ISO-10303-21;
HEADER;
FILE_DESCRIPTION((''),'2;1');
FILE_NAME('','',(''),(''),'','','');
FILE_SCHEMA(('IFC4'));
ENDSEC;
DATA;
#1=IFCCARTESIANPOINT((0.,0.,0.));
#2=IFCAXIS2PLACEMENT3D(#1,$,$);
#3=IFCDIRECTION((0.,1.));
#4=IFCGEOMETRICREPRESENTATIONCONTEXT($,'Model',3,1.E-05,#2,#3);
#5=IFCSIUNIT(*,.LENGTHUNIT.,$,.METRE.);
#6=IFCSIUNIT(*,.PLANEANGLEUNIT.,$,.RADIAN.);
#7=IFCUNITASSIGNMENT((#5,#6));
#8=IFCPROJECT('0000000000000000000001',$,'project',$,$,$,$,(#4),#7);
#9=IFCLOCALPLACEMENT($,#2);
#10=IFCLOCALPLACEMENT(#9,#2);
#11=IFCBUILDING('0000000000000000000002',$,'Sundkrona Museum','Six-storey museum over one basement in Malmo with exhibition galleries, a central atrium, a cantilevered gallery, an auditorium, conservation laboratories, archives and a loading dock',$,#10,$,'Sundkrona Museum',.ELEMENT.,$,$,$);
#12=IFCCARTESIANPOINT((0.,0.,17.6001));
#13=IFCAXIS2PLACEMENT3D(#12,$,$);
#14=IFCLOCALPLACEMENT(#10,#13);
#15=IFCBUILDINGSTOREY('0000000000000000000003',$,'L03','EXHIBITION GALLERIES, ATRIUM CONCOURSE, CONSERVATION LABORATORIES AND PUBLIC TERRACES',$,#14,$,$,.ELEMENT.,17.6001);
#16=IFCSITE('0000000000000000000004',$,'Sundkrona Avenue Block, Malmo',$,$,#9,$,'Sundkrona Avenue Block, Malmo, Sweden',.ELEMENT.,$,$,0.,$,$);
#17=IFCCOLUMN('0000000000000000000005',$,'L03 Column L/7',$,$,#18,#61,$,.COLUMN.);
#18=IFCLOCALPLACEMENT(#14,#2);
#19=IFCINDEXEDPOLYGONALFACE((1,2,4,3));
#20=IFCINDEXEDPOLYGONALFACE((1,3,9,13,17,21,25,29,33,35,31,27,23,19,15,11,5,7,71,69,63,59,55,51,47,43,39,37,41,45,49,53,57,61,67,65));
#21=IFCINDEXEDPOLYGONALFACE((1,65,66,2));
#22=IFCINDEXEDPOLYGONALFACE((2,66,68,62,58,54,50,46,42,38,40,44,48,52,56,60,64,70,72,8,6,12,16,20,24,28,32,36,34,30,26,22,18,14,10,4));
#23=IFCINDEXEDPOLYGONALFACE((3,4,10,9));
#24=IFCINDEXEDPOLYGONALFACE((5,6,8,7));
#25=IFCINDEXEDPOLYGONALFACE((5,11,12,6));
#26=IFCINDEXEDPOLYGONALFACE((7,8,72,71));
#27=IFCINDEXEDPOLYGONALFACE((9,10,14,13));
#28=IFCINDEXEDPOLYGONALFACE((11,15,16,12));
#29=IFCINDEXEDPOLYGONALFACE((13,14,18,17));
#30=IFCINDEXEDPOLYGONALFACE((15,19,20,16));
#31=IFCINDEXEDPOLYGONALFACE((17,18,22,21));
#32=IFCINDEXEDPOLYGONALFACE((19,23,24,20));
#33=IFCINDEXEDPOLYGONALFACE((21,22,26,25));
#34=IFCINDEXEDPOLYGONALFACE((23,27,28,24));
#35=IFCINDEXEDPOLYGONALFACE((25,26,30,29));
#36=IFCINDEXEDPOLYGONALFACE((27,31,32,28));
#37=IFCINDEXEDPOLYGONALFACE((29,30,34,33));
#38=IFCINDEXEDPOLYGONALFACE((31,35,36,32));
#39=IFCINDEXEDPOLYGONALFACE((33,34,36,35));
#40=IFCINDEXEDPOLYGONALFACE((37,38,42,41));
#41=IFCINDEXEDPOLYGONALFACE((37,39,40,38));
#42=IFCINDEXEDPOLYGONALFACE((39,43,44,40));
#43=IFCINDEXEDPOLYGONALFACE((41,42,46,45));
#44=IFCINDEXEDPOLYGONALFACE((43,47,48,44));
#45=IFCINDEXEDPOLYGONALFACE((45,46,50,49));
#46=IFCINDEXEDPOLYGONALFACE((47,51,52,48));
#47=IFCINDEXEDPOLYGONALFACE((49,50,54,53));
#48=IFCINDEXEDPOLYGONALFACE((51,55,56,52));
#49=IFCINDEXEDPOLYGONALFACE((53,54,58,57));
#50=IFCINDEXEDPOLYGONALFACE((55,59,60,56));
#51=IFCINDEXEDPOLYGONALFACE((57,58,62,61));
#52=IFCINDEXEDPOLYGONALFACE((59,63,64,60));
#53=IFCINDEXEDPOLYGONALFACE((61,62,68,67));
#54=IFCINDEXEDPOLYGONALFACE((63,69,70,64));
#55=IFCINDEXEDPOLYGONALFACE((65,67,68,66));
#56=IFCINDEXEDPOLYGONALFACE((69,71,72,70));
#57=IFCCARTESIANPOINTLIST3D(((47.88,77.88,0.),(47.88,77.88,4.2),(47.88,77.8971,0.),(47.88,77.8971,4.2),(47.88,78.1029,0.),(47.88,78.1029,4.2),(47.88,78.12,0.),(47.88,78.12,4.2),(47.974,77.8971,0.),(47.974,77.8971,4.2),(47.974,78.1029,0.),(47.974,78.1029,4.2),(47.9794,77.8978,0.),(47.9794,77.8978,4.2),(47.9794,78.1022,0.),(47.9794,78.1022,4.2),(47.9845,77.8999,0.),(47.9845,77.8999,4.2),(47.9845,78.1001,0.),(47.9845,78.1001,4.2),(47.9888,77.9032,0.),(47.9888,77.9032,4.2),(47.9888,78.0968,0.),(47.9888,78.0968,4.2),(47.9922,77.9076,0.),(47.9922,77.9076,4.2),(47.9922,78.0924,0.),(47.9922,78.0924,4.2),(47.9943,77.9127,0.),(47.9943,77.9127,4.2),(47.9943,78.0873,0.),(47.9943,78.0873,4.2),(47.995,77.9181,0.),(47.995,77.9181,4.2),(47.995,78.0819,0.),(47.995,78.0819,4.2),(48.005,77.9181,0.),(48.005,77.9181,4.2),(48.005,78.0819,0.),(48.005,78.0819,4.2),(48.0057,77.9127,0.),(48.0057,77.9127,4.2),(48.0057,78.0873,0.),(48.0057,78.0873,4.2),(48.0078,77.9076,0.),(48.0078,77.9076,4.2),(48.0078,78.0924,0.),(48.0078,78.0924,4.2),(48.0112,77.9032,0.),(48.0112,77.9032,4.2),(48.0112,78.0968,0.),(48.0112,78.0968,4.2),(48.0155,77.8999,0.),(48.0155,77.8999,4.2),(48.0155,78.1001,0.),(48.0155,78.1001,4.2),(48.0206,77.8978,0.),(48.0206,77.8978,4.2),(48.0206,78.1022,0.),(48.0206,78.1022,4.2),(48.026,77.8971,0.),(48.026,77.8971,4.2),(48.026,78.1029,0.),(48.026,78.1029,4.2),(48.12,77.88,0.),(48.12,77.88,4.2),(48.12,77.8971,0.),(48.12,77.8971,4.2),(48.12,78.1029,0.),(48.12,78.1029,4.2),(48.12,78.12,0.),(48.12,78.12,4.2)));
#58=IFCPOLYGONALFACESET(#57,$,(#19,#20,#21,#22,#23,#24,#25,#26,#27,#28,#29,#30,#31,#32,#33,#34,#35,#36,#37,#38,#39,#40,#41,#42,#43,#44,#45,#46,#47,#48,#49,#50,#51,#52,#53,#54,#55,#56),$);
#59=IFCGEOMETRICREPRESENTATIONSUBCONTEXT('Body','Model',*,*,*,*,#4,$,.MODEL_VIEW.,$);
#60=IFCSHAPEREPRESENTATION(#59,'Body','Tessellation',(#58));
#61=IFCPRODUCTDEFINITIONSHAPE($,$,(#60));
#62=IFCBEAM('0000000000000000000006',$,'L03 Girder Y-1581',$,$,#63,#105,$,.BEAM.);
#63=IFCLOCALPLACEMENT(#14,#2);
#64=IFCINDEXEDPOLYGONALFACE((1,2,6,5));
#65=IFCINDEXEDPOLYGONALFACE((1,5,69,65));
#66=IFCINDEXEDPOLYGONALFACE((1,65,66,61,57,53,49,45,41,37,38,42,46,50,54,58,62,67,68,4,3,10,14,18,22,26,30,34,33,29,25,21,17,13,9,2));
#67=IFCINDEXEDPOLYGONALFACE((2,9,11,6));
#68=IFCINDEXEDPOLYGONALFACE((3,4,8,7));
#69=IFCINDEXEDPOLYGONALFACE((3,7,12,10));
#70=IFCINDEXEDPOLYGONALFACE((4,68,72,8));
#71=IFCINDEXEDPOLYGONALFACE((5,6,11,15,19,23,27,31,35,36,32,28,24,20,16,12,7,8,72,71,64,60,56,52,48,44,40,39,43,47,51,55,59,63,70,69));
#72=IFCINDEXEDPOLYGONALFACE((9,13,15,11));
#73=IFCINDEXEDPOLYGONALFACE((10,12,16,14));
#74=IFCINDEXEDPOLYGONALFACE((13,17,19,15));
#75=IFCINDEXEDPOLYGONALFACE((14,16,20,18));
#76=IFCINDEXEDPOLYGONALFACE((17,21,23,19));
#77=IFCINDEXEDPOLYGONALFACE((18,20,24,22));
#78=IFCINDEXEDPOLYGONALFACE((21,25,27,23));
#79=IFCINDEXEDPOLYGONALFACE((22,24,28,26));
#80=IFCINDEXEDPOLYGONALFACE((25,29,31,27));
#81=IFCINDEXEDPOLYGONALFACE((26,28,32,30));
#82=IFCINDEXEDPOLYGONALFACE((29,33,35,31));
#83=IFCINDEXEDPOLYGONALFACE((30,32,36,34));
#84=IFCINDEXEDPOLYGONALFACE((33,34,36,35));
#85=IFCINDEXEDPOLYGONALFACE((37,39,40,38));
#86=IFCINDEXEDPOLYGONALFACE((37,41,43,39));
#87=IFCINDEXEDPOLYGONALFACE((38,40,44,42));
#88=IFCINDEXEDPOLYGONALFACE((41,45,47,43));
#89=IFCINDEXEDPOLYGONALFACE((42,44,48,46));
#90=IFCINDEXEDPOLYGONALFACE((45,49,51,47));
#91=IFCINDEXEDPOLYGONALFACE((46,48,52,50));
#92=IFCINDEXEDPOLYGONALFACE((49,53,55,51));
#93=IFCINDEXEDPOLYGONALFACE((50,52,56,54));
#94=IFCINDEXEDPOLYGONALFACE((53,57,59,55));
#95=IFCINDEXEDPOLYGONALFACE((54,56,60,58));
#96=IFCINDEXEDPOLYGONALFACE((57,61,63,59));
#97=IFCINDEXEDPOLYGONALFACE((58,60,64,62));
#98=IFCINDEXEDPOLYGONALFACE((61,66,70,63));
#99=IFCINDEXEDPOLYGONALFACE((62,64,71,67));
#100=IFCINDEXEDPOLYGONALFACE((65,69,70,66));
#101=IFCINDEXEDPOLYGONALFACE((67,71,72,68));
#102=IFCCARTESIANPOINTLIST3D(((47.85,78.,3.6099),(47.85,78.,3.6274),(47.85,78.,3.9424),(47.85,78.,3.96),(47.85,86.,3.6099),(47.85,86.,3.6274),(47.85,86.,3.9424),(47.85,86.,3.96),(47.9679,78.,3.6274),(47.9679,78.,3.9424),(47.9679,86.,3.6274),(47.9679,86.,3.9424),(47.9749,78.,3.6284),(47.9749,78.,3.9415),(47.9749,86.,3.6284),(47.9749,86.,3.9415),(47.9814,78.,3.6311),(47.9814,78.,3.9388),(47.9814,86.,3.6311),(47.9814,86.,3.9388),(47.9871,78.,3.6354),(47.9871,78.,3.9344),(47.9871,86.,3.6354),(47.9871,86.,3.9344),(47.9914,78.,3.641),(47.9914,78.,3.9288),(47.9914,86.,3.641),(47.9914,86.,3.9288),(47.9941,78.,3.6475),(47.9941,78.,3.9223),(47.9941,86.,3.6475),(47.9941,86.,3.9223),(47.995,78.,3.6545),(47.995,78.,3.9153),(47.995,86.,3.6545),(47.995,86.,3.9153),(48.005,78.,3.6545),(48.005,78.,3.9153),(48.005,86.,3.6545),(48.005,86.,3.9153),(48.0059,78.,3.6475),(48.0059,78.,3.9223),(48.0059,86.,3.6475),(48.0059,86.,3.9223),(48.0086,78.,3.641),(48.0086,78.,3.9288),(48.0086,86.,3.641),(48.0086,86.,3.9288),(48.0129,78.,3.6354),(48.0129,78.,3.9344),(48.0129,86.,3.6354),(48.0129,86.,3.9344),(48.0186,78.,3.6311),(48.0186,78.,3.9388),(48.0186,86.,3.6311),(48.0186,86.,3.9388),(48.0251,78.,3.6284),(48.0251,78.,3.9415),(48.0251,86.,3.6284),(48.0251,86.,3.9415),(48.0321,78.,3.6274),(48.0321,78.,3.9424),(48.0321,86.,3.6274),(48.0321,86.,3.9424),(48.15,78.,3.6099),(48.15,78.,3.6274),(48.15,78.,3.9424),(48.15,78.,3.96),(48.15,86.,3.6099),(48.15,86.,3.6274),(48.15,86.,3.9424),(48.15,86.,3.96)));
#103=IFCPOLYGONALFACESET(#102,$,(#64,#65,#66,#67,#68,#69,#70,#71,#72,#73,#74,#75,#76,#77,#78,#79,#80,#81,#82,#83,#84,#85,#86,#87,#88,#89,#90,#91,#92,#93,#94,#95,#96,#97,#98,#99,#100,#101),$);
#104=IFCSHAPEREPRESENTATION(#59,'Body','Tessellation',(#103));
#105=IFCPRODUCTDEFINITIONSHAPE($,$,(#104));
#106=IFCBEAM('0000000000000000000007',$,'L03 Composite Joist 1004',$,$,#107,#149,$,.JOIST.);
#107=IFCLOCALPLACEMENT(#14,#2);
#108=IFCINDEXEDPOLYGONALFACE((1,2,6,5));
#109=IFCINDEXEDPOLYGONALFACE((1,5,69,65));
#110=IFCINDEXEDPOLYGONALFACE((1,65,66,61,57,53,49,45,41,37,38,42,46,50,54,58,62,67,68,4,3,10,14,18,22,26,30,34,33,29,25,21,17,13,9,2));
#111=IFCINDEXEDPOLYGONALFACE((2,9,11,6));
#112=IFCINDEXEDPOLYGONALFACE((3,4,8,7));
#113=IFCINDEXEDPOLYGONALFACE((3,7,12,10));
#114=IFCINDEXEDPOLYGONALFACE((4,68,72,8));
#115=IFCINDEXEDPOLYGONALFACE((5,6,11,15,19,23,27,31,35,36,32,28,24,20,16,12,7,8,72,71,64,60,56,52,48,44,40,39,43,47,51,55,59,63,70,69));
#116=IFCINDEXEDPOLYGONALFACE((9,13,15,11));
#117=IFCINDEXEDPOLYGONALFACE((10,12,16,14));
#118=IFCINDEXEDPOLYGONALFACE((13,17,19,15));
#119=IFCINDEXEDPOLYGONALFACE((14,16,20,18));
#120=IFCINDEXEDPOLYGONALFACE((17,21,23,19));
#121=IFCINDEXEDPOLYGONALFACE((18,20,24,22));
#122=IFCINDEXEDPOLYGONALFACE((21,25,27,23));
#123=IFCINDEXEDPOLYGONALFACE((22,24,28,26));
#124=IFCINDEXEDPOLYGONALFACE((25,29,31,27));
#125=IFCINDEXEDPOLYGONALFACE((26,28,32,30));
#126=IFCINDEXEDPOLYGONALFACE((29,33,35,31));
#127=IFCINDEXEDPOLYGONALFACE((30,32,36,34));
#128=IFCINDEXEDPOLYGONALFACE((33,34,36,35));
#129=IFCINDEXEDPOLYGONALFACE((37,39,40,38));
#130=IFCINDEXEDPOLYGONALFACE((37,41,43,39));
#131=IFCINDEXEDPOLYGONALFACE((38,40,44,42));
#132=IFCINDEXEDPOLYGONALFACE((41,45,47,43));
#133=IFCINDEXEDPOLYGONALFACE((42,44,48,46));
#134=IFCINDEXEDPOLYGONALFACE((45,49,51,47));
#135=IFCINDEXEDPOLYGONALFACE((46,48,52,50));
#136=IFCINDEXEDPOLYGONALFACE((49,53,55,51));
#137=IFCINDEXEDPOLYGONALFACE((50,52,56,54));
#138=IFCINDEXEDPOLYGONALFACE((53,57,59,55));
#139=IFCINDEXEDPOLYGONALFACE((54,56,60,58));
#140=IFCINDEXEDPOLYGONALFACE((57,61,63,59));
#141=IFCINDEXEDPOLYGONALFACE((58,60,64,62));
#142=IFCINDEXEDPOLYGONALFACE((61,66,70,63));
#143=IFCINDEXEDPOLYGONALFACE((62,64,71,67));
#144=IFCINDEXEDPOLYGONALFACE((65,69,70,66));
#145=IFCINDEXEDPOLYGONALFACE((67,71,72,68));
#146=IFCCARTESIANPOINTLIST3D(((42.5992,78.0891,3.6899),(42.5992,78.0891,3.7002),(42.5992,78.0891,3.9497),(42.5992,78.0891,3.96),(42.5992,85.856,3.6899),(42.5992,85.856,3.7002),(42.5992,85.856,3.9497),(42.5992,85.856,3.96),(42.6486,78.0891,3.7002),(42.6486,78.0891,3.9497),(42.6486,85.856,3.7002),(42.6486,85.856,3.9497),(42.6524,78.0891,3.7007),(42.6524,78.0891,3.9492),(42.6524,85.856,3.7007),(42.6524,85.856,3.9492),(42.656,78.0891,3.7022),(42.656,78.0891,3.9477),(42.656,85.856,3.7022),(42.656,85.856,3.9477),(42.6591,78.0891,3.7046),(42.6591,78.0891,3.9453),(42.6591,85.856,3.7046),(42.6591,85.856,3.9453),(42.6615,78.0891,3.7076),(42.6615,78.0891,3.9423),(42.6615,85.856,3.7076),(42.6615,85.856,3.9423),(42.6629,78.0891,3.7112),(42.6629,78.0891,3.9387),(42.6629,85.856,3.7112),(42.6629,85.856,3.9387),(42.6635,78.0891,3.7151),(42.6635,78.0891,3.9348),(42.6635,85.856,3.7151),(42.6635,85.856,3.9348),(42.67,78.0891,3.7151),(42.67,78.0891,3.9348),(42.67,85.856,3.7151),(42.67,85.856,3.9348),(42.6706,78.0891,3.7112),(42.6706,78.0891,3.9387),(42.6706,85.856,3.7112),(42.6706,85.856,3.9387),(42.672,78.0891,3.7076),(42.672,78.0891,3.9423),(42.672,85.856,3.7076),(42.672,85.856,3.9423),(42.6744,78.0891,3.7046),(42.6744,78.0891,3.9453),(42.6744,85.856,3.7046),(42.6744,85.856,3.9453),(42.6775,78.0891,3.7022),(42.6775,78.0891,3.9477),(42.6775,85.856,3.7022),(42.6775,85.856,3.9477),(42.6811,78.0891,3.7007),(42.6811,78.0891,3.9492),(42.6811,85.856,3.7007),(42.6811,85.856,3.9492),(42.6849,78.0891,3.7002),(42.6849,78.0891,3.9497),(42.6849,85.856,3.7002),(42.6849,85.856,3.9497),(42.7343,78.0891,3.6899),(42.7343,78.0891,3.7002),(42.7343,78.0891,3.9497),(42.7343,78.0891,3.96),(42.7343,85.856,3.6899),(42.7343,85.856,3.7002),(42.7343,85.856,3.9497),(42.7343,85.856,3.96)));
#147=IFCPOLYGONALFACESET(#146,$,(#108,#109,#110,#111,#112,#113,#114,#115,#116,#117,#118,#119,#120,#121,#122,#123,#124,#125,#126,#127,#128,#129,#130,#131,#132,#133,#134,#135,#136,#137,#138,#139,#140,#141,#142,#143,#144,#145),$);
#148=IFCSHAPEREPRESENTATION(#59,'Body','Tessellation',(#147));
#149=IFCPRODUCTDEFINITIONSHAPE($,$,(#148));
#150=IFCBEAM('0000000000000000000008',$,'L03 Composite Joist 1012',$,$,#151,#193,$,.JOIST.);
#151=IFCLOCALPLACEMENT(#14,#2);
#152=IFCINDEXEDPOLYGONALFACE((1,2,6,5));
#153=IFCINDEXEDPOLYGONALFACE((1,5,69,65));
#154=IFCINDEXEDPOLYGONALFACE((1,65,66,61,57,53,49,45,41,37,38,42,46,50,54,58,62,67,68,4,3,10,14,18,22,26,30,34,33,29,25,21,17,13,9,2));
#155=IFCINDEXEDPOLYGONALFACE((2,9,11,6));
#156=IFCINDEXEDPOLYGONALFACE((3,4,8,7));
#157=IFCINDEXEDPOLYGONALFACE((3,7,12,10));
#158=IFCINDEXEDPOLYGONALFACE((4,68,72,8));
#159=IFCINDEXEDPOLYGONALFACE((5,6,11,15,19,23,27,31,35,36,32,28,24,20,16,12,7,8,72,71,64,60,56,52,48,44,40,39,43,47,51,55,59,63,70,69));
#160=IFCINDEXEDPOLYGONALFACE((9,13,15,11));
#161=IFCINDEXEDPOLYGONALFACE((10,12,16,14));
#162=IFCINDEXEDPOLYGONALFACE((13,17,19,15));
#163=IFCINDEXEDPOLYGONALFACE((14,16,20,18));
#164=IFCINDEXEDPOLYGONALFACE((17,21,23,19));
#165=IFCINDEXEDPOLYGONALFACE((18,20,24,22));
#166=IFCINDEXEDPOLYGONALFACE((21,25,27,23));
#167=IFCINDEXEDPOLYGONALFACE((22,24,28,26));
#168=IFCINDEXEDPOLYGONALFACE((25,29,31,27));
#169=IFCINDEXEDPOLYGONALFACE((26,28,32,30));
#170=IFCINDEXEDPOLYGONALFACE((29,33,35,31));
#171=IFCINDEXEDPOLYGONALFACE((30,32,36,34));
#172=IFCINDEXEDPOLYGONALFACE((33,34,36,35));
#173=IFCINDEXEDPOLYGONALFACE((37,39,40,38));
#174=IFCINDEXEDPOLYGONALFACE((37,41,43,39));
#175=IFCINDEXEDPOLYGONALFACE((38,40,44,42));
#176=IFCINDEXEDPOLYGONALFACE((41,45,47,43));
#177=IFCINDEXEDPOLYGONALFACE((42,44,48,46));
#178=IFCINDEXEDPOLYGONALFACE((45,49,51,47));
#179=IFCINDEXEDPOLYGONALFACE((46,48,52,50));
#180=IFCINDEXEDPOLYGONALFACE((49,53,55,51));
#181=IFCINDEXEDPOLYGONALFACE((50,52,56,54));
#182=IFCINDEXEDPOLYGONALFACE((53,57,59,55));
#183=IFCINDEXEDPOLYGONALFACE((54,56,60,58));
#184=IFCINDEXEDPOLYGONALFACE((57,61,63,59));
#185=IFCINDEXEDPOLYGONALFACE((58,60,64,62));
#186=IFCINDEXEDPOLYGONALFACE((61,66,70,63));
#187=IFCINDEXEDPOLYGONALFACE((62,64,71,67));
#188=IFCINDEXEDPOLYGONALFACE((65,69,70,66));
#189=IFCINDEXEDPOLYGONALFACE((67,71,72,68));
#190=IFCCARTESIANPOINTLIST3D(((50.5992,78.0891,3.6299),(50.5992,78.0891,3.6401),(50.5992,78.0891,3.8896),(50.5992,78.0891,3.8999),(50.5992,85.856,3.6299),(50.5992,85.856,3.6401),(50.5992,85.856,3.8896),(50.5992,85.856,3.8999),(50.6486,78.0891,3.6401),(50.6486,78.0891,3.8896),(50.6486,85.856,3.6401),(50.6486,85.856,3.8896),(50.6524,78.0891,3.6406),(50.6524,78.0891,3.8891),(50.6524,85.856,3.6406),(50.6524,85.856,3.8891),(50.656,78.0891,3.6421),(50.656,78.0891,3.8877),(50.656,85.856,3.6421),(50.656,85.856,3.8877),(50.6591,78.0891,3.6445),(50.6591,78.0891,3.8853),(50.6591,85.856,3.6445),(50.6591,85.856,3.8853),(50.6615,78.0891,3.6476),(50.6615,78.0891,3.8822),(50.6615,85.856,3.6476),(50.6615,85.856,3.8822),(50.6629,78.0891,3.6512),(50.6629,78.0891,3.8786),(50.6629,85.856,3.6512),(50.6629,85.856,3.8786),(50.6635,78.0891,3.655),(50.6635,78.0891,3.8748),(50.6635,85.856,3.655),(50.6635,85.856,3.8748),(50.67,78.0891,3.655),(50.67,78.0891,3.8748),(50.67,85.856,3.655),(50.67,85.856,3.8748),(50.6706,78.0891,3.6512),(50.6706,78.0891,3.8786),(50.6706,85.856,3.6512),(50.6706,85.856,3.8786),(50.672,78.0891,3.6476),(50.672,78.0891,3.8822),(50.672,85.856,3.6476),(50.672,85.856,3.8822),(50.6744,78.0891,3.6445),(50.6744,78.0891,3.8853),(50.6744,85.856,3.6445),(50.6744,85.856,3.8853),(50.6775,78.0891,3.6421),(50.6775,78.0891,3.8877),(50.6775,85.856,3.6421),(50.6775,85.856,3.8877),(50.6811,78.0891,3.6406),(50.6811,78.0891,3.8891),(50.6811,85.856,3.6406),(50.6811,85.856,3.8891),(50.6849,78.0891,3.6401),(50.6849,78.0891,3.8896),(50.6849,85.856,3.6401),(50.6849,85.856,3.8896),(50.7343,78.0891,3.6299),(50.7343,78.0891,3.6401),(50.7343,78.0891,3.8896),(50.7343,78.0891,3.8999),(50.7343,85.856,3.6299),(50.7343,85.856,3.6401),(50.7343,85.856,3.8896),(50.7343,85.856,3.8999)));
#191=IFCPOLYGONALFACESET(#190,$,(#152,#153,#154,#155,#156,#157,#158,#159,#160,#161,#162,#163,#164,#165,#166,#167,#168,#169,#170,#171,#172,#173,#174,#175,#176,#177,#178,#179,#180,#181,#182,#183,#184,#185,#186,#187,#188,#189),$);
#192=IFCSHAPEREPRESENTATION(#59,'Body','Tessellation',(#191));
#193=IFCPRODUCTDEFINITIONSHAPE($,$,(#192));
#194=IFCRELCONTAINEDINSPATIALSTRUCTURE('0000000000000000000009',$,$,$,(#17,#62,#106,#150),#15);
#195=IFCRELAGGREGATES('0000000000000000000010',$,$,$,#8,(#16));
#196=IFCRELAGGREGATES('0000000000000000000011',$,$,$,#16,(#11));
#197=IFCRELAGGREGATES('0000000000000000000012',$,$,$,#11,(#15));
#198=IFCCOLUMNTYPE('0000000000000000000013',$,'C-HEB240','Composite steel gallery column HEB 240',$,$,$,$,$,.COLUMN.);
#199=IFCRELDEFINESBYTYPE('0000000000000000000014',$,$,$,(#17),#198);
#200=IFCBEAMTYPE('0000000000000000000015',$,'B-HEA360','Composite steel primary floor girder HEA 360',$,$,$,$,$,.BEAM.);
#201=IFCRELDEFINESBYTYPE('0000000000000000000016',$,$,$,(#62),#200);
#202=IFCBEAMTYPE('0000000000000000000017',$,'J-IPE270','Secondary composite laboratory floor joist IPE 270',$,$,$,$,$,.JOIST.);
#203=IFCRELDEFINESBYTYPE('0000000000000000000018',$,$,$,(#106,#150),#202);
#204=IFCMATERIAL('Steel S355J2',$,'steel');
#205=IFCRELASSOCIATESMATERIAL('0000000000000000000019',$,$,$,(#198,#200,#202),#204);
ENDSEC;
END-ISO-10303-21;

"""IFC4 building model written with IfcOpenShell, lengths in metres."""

from ifc_helpers import new_model, si_unit, direction, frame, origin, origin_2d, place, context, subcontext, project, spatial, i_section, extrude, material, material_profile, profile_set, type_object, element, save


model = new_model("IFC4")

# Units and contexts
model_context = context("Model", 3, precision=1e-05, world=origin(), true_north=direction((0.0, 1.0)))
body_context = subcontext(model_context, "Body", "Model", "MODEL_VIEW")
ifc_project = project(units=[si_unit("LENGTHUNIT", "METRE"), si_unit("PLANEANGLEUNIT", "RADIAN")], contexts=[model_context])

# Site, building, storey
site_placement = place(None, origin())
site = spatial("IfcSite", under=ifc_project, at=site_placement, Name="Sundkrona Avenue Block, Malmo", LongName="Sundkrona Avenue Block, Malmo, Sweden", CompositionType="ELEMENT", RefElevation=0.0)
building_placement = place(site_placement, origin())
building = spatial("IfcBuilding", under=site, at=building_placement, Name="Sundkrona Museum", Description="Six-storey museum over one basement in Malmo with exhibition galleries, a central atrium, a cantilevered gallery, an auditorium, conservation laboratories, archives and a loading dock", LongName="Sundkrona Museum", CompositionType="ELEMENT")
storey_placement = place(building_placement, frame((0.0, 0.0, 17.6001)))
storey = spatial("IfcBuildingStorey", under=building, at=storey_placement, Name="L03", Description="EXHIBITION GALLERIES, ATRIUM CONCOURSE, CONSERVATION LABORATORIES AND PUBLIC TERRACES", CompositionType="ELEMENT", Elevation=17.6001)

# Column
ifc_material_1 = material(Name="Steel S355J2", Category="steel")
ifc_material_profile_1 = material_profile(ifc_material_1, i_section(OverallWidth=0.24, OverallDepth=0.24, WebThickness=0.01, FlangeThickness=0.0171, FilletRadius=0.021, at=origin_2d()), Name="HEB 240")
ifc_profile_set_1 = profile_set([ifc_material_profile_1], Name="Steel S355J2")
column_type = type_object("IfcColumnType", Name="C-HEB240", Description="Composite steel gallery column HEB 240", PredefinedType="COLUMN", material=ifc_profile_set_1)
column_placement = place(storey_placement, frame((48.0, 78.0, 0.0), z_axis=(0.0, 0.0, 1.0), x_axis=(1.0, 0.0, 0.0)))
element("IfcColumn", 1, at=column_placement, inside=storey, type_object=column_type, Name="L03 Column L/7", PredefinedType="COLUMN", context=body_context, shape_type="SweptSolid", body=[
    extrude(i_section(OverallWidth=0.24, OverallDepth=0.24, WebThickness=0.01, FlangeThickness=0.0171, FilletRadius=0.021, at=origin_2d()), origin(), (0.0, 0.0, 1.0), 4.2),
])

# Beams
ifc_material_profile_2 = material_profile(ifc_material_1, i_section(OverallWidth=0.3, OverallDepth=0.3501, WebThickness=0.01, FlangeThickness=0.0176, FilletRadius=0.0271, at=origin_2d()), Name="HEA 360")
ifc_profile_set_2 = profile_set([ifc_material_profile_2], Name="Steel S355J2")
beam_type_1 = type_object("IfcBeamType", Name="B-HEA360", Description="Composite steel primary floor girder HEA 360", PredefinedType="BEAM", material=ifc_profile_set_2)
beam_1_placement = place(storey_placement, frame((48.0, 78.0, 3.7849), z_axis=(0.0, 1.0, 0.0), x_axis=(-1.0, 0.0, 0.0)))
element("IfcBeam", 2, at=beam_1_placement, inside=storey, type_object=beam_type_1, Name="L03 Girder Y-1581", PredefinedType="BEAM", context=body_context, shape_type="SweptSolid", body=[
    extrude(i_section(OverallWidth=0.3, OverallDepth=0.3501, WebThickness=0.01, FlangeThickness=0.0176, FilletRadius=0.0271, at=origin_2d()), origin(), (0.0, 0.0, 1.0), 8.0),
])
ifc_material_profile_3 = material_profile(ifc_material_1, i_section(OverallWidth=0.135, OverallDepth=0.27, WebThickness=0.0066, FlangeThickness=0.0103, FilletRadius=0.0149, at=origin_2d()), Name="IPE 270")
ifc_profile_set_3 = profile_set([ifc_material_profile_3], Name="Steel S355J2")
beam_type_2 = type_object("IfcBeamType", Name="J-IPE270", Description="Secondary composite laboratory floor joist IPE 270", PredefinedType="JOIST", material=ifc_profile_set_3)
for number, where, z_axis, x_axis, name in (
    (3, (42.6667, 78.0891, 3.825), (0.0, 1.0, 0.0), (-1.0, 0.0, 0.0), "L03 Composite Joist 1004"),
    (4, (50.6667, 78.0891, 3.7649), (0.0, 1.0, 0.0), (-1.0, 0.0, 0.0), "L03 Composite Joist 1012"),
):
    element("IfcBeam", number, at=place(storey_placement, frame(where, z_axis=z_axis, x_axis=x_axis)), inside=storey, type_object=beam_type_2, Name=name, PredefinedType="JOIST", context=body_context, shape_type="SweptSolid", body=[
        extrude(i_section(OverallWidth=0.135, OverallDepth=0.27, WebThickness=0.0066, FlangeThickness=0.0103, FilletRadius=0.0149, at=origin_2d()), origin(), (0.0, 0.0, 1.0), 7.7668),
    ])

save(model, "model.ifc")
